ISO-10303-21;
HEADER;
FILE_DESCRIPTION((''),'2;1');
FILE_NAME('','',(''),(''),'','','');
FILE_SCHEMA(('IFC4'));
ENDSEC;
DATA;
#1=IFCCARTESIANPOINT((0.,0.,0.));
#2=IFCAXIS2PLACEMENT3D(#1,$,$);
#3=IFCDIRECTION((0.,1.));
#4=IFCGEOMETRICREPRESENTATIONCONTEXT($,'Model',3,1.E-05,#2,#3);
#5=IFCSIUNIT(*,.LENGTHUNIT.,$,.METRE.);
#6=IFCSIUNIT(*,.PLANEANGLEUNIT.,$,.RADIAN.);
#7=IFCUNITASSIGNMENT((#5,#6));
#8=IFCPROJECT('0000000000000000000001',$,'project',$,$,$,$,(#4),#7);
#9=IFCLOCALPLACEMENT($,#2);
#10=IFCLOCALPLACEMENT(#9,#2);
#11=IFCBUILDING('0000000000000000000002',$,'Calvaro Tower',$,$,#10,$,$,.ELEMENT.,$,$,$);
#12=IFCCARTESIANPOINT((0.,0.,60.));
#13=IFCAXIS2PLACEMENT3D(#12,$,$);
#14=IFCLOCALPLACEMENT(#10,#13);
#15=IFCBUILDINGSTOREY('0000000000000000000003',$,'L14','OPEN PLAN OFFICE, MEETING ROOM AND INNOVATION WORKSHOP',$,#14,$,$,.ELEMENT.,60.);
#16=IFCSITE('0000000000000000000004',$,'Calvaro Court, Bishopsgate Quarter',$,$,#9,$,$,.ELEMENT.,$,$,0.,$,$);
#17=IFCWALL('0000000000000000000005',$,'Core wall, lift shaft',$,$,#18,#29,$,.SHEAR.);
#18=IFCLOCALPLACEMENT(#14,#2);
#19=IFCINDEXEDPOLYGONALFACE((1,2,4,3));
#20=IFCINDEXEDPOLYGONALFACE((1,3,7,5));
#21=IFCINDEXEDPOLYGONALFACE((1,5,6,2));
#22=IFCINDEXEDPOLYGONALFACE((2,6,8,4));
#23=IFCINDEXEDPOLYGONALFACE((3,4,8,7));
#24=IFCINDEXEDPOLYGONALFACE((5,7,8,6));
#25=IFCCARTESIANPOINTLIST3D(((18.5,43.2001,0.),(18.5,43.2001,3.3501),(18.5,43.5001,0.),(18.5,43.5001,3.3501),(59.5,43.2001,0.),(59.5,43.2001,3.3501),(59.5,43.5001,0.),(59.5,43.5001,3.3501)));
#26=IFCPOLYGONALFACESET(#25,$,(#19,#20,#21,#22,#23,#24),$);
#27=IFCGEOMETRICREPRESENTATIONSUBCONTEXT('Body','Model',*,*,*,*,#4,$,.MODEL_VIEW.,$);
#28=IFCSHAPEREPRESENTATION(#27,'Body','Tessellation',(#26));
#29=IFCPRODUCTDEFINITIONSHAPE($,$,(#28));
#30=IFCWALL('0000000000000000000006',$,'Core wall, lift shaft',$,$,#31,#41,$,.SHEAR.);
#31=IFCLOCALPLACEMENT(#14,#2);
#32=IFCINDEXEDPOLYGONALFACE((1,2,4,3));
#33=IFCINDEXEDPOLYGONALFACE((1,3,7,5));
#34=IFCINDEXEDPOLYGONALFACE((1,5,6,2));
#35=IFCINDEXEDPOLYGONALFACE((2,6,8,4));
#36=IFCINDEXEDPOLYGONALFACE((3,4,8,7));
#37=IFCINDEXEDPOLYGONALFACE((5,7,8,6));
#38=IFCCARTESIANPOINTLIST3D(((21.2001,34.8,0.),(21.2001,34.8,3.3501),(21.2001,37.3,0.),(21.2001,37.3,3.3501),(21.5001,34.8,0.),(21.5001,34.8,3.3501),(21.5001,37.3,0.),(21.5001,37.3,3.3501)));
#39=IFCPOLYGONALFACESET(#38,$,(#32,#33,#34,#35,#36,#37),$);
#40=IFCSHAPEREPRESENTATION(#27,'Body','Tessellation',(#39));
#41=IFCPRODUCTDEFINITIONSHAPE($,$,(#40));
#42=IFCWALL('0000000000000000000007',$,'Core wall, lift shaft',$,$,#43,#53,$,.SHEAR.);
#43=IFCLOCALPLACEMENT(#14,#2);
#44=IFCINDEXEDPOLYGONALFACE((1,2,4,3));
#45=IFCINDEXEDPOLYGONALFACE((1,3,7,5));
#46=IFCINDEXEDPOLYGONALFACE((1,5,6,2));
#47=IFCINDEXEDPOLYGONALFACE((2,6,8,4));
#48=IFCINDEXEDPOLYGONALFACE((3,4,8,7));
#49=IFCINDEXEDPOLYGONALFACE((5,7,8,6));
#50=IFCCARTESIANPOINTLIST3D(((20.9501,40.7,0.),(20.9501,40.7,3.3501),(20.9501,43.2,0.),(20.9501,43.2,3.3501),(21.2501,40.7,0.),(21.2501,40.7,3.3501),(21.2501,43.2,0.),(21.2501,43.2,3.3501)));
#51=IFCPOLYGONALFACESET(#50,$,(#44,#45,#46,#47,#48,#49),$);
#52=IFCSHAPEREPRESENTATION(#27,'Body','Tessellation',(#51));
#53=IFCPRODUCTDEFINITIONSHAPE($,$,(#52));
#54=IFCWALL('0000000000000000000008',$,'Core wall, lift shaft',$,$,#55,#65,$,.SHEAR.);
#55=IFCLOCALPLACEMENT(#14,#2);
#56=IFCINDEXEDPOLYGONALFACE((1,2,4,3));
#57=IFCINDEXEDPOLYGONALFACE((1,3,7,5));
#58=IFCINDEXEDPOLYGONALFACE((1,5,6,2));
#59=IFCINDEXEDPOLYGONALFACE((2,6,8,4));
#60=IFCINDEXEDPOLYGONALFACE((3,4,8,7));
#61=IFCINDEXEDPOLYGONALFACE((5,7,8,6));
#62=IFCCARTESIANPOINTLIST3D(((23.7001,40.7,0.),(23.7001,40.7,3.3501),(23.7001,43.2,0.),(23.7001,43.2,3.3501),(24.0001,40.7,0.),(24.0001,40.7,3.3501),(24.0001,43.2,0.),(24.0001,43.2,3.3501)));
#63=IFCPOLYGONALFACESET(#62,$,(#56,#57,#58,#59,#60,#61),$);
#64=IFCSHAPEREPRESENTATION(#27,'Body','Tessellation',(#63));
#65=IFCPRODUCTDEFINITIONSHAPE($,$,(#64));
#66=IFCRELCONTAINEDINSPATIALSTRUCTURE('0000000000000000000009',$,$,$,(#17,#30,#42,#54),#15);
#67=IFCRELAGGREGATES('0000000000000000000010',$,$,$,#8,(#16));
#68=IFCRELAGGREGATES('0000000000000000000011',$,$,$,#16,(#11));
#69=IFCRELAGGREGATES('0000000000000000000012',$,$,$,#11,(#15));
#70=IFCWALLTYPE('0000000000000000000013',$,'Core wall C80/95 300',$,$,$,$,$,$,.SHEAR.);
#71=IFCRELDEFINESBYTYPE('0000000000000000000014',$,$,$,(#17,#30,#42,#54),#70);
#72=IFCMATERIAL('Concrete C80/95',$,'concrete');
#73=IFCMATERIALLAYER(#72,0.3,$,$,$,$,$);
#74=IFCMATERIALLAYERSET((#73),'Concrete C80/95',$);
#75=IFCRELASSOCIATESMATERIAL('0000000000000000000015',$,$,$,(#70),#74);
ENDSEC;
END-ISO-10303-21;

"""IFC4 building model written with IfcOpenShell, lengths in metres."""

from ifc_helpers import new_model, si_unit, direction, frame, frame_2d, origin, place, context, subcontext, project, spatial, rectangle, extrude, material, layer, layer_set, type_object, element, save


model = new_model("IFC4")

# Units and contexts
model_context = context("Model", 3, precision=1e-05, world=origin(), true_north=direction((0.0, 1.0)))
body_context = subcontext(model_context, "Body", "Model", "MODEL_VIEW")
ifc_project = project(units=[si_unit("LENGTHUNIT", "METRE"), si_unit("PLANEANGLEUNIT", "RADIAN")], contexts=[model_context])

# Site, building, storey
site_placement = place(None, origin())
site = spatial("IfcSite", under=ifc_project, at=site_placement, Name="Calvaro Court, Bishopsgate Quarter", CompositionType="ELEMENT", RefElevation=0.0)
building_placement = place(site_placement, origin())
building = spatial("IfcBuilding", under=site, at=building_placement, Name="Calvaro Tower", CompositionType="ELEMENT")
storey_placement = place(building_placement, frame((0.0, 0.0, 60.0)))
storey = spatial("IfcBuildingStorey", under=building, at=storey_placement, Name="L14", Description="OPEN PLAN OFFICE, MEETING ROOM AND INNOVATION WORKSHOP", CompositionType="ELEMENT", Elevation=60.0)

# Shared definitions
ifc_material_1 = material(Name="Concrete C80/95", Category="concrete")
ifc_layer_1 = layer(ifc_material_1, 0.3)
ifc_layer_set_1 = layer_set([ifc_layer_1], Name="Concrete C80/95")
wall_type_1 = type_object("IfcWallType", Name="Core wall C80/95 300", PredefinedType="SHEAR", material=ifc_layer_set_1)

# Walls
wall_1_placement = place(storey_placement, frame((18.5, 43.3501, 0.0), z_axis=(0.0, 0.0, 1.0), x_axis=(1.0, 0.0, 0.0)))
element("IfcWall", 1, at=wall_1_placement, inside=storey, type_object=wall_type_1, Name="Core wall, lift shaft", PredefinedType="SHEAR", context=body_context, shape_type="SweptSolid", body=[
    extrude(rectangle(XDim=41.0, YDim=0.3, at=frame_2d((20.5, 0.0))), origin(), (0.0, 0.0, 1.0), 3.3501),
])
for number, where, z_axis, x_axis, name in (
    (2, (21.3501, 34.8, 0.0), (0.0, 0.0, 1.0), (0.0, 1.0, 0.0), "Core wall, lift shaft"),
    (3, (21.1001, 40.7, 0.0), (0.0, 0.0, 1.0), (0.0, 1.0, 0.0), "Core wall, lift shaft"),
    (4, (23.8501, 40.7, 0.0), (0.0, 0.0, 1.0), (0.0, 1.0, 0.0), "Core wall, lift shaft"),
):
    element("IfcWall", number, at=place(storey_placement, frame(where, z_axis=z_axis, x_axis=x_axis)), inside=storey, type_object=wall_type_1, Name=name, PredefinedType="SHEAR", context=body_context, shape_type="SweptSolid", body=[
        extrude(rectangle(XDim=2.5, YDim=0.3, at=frame_2d((1.25, 0.0))), origin(), (0.0, 0.0, 1.0), 3.3501),
    ])

save(model, "model.ifc")
